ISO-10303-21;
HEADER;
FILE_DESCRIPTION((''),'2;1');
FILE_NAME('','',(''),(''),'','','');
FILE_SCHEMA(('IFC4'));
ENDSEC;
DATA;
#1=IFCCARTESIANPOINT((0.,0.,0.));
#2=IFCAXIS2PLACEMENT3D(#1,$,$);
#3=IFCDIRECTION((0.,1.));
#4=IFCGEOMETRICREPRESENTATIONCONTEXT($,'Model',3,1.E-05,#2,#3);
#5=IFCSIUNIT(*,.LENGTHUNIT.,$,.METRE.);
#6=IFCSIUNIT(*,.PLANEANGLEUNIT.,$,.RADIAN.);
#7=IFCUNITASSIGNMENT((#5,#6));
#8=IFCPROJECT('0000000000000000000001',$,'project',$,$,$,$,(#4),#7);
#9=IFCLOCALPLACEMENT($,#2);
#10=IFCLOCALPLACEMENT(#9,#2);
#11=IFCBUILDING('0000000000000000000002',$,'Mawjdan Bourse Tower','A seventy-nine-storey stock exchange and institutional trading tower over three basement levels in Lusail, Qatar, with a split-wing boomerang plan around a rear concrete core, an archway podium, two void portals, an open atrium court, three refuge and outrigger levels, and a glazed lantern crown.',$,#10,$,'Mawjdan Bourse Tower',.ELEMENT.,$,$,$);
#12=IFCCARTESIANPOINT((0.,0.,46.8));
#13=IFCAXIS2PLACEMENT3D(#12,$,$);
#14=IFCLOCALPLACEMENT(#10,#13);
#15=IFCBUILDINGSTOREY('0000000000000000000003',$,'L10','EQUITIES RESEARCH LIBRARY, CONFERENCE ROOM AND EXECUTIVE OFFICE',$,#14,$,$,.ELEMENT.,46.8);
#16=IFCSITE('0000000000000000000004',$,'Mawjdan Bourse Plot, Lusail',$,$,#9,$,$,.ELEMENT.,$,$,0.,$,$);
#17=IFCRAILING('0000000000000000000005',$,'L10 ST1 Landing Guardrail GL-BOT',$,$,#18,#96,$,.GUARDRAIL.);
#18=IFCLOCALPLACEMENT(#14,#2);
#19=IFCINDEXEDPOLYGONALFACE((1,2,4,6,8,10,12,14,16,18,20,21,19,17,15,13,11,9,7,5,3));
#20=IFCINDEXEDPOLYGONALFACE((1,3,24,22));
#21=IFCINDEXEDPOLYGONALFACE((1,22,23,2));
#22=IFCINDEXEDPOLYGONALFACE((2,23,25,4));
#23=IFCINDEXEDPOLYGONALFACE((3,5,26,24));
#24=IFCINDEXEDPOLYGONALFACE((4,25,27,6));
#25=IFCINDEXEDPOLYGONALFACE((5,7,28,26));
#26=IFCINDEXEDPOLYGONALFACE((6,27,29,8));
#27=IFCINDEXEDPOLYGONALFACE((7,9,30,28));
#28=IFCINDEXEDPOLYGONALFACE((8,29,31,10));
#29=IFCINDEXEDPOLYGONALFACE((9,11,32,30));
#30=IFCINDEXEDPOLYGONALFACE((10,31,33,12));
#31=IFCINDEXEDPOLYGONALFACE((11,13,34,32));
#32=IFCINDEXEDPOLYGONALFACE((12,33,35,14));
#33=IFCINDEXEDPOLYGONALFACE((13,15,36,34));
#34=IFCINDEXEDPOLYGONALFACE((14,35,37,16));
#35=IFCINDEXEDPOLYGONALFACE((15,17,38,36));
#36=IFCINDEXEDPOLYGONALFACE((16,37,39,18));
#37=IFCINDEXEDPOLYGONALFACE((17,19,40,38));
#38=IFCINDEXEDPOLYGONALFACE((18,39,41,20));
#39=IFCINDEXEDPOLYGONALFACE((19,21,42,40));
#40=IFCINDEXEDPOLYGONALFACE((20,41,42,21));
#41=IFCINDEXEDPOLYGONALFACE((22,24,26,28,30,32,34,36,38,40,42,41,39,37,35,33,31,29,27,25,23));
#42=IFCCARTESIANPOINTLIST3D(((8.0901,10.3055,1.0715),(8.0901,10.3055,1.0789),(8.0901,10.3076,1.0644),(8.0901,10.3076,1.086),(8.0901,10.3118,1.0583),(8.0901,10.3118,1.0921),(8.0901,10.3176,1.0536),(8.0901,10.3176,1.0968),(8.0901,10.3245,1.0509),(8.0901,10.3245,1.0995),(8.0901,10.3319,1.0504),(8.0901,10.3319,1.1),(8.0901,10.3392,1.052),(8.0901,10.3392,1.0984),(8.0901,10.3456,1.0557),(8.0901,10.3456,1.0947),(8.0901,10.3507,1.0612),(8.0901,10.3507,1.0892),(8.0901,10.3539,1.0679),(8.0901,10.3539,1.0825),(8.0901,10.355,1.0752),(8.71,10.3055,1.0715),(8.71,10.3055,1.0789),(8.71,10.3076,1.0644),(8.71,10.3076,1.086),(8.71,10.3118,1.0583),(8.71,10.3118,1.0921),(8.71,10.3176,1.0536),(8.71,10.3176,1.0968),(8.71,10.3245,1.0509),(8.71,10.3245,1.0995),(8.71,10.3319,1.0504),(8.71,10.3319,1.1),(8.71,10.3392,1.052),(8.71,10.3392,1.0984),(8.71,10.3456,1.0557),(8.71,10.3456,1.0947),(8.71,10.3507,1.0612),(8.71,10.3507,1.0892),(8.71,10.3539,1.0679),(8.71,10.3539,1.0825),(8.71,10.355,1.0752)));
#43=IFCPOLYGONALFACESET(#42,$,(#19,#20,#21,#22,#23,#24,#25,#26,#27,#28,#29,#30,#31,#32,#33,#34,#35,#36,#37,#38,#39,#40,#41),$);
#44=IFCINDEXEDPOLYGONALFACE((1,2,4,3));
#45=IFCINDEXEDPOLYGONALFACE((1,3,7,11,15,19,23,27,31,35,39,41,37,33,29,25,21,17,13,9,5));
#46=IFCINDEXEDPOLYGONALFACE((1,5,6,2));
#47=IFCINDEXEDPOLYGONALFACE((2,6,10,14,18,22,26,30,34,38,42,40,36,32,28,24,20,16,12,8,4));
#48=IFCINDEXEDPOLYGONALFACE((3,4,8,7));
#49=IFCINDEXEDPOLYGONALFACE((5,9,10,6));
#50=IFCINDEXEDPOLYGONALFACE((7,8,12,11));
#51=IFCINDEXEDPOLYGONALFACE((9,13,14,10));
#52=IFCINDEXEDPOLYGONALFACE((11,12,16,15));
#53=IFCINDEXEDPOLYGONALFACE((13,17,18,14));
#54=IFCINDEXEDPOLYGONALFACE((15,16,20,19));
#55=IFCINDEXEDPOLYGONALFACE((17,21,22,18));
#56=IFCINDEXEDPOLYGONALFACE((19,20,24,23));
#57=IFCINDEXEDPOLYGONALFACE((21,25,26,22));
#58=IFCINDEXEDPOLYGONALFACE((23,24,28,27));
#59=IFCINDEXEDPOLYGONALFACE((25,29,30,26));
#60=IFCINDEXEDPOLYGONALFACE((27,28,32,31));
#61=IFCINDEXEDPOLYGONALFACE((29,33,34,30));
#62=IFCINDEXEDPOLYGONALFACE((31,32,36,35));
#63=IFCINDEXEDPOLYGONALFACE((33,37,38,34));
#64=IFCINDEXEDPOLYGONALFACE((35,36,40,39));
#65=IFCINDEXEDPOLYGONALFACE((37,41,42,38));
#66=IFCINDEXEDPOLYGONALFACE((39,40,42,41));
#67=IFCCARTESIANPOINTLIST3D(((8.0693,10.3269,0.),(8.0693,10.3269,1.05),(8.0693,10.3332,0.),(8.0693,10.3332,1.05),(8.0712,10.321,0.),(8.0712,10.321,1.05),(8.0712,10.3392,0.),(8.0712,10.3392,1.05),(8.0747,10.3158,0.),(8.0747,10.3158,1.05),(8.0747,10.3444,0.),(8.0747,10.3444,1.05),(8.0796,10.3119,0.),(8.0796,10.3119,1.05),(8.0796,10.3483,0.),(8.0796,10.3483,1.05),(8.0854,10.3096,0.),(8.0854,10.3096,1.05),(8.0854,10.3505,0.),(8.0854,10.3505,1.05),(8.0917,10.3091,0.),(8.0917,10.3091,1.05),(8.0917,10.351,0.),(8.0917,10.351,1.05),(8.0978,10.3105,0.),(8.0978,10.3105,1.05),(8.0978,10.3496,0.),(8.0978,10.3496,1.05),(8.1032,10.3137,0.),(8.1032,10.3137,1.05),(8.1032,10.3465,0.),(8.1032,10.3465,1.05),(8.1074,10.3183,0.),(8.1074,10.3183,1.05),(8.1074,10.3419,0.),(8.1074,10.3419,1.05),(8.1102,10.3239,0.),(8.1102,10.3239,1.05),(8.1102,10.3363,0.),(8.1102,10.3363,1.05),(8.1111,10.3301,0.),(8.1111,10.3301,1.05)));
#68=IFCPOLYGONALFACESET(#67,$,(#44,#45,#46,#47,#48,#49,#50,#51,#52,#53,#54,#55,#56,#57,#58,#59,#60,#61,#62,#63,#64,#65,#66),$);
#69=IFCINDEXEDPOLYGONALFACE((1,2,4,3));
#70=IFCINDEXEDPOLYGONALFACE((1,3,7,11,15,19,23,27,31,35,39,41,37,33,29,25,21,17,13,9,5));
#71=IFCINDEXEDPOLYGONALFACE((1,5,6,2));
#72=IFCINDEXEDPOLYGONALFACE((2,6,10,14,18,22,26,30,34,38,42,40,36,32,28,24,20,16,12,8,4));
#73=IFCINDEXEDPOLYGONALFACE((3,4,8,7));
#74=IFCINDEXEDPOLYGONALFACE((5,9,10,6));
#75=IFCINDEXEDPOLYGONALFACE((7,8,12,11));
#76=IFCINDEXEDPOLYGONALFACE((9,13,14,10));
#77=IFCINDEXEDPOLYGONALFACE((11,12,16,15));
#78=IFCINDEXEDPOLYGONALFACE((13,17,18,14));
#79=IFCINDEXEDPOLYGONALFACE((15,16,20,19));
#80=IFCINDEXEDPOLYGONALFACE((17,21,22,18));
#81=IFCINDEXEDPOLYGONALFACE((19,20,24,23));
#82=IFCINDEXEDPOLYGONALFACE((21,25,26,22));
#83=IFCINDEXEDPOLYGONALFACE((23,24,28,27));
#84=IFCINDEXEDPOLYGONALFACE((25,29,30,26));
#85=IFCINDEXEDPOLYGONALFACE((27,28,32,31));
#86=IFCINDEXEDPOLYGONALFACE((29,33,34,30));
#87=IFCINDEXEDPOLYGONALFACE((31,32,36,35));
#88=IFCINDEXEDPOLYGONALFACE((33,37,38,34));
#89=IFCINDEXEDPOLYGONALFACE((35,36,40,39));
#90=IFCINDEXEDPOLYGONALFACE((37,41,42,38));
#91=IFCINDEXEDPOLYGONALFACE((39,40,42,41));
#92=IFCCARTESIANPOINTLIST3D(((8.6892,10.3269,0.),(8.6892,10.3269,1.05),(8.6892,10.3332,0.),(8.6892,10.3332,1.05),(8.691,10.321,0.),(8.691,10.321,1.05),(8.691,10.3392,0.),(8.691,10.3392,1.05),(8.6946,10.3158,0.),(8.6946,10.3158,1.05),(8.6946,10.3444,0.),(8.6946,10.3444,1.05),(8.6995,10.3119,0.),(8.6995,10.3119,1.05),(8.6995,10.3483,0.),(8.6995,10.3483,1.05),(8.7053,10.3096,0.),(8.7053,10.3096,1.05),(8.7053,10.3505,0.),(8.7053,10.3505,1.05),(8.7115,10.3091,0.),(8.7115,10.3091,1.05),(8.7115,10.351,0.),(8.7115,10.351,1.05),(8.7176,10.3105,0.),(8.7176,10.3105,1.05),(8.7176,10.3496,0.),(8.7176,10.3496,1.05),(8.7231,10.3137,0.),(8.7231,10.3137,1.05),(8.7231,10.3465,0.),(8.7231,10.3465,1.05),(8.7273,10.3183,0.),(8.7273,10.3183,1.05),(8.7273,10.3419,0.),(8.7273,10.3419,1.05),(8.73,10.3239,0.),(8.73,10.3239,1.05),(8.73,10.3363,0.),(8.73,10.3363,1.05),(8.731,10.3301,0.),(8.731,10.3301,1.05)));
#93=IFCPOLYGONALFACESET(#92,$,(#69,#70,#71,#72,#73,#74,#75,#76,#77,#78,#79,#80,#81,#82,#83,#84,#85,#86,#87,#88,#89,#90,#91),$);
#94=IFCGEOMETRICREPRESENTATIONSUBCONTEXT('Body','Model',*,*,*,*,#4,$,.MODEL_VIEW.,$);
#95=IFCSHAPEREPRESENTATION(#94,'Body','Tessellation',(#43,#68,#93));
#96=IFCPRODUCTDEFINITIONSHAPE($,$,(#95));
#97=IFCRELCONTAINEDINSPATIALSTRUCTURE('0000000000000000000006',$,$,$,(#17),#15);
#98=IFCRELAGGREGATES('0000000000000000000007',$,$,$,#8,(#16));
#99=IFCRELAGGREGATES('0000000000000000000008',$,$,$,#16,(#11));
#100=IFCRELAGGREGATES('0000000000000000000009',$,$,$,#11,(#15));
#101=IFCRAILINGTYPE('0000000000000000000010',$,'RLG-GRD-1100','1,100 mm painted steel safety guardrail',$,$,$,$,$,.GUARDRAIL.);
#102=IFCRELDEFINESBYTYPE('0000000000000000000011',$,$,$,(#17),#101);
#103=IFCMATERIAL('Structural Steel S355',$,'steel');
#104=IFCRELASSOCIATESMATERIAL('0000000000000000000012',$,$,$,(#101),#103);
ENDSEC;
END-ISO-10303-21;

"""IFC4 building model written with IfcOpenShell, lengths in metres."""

from ifc_helpers import new_model, si_unit, direction, frame, origin, origin_2d, place, context, subcontext, project, spatial, circle, extrude, material, type_object, element, save


model = new_model("IFC4")

# Units and contexts
model_context = context("Model", 3, precision=1e-05, world=origin(), true_north=direction((0.0, 1.0)))
body_context = subcontext(model_context, "Body", "Model", "MODEL_VIEW")
ifc_project = project(units=[si_unit("LENGTHUNIT", "METRE"), si_unit("PLANEANGLEUNIT", "RADIAN")], contexts=[model_context])

# Site, building, storey
site_placement = place(None, origin())
site = spatial("IfcSite", under=ifc_project, at=site_placement, Name="Mawjdan Bourse Plot, Lusail", CompositionType="ELEMENT", RefElevation=0.0)
building_placement = place(site_placement, origin())
building = spatial("IfcBuilding", under=site, at=building_placement, Name="Mawjdan Bourse Tower", Description="A seventy-nine-storey stock exchange and institutional trading tower over three basement levels in Lusail, Qatar, with a split-wing boomerang plan around a rear concrete core, an archway podium, two void portals, an open atrium court, three refuge and outrigger levels, and a glazed lantern crown.", LongName="Mawjdan Bourse Tower", CompositionType="ELEMENT")
storey_placement = place(building_placement, frame((0.0, 0.0, 46.8)))
storey = spatial("IfcBuildingStorey", under=building, at=storey_placement, Name="L10", Description="EQUITIES RESEARCH LIBRARY, CONFERENCE ROOM AND EXECUTIVE OFFICE", CompositionType="ELEMENT", Elevation=46.8)

# Railing
ifc_material_1 = material(Name="Structural Steel S355", Category="steel")
railing_type = type_object("IfcRailingType", Name="RLG-GRD-1100", Description="1,100 mm painted steel safety guardrail", PredefinedType="GUARDRAIL", material=ifc_material_1)
for number, where, name in (
    (1, (8.0901, 10.3301, 0.0), "L10 ST1 Landing Guardrail GL-BOT"),
):
    element("IfcRailing", number, at=place(storey_placement, frame(where)), inside=storey, type_object=railing_type, Name=name, PredefinedType="GUARDRAIL", context=body_context, shape_type="SweptSolid", body=[
        extrude(circle(Radius=0.0249, at=origin_2d()), frame((0.0, 0.0, 1.0752), z_axis=(1.0, 0.0, 0.0), x_axis=(0.0, 1.0, 0.0)), (0.0, 0.0, 1.0), 0.6199),
        extrude(circle(Radius=0.021, at=origin_2d()), origin(), (0.0, 0.0, 1.0), 1.05),
        extrude(circle(Radius=0.021, at=origin_2d()), frame((0.6199, 0.0, 0.0)), (0.0, 0.0, 1.0), 1.05),
    ])

save(model, "model.ifc")
